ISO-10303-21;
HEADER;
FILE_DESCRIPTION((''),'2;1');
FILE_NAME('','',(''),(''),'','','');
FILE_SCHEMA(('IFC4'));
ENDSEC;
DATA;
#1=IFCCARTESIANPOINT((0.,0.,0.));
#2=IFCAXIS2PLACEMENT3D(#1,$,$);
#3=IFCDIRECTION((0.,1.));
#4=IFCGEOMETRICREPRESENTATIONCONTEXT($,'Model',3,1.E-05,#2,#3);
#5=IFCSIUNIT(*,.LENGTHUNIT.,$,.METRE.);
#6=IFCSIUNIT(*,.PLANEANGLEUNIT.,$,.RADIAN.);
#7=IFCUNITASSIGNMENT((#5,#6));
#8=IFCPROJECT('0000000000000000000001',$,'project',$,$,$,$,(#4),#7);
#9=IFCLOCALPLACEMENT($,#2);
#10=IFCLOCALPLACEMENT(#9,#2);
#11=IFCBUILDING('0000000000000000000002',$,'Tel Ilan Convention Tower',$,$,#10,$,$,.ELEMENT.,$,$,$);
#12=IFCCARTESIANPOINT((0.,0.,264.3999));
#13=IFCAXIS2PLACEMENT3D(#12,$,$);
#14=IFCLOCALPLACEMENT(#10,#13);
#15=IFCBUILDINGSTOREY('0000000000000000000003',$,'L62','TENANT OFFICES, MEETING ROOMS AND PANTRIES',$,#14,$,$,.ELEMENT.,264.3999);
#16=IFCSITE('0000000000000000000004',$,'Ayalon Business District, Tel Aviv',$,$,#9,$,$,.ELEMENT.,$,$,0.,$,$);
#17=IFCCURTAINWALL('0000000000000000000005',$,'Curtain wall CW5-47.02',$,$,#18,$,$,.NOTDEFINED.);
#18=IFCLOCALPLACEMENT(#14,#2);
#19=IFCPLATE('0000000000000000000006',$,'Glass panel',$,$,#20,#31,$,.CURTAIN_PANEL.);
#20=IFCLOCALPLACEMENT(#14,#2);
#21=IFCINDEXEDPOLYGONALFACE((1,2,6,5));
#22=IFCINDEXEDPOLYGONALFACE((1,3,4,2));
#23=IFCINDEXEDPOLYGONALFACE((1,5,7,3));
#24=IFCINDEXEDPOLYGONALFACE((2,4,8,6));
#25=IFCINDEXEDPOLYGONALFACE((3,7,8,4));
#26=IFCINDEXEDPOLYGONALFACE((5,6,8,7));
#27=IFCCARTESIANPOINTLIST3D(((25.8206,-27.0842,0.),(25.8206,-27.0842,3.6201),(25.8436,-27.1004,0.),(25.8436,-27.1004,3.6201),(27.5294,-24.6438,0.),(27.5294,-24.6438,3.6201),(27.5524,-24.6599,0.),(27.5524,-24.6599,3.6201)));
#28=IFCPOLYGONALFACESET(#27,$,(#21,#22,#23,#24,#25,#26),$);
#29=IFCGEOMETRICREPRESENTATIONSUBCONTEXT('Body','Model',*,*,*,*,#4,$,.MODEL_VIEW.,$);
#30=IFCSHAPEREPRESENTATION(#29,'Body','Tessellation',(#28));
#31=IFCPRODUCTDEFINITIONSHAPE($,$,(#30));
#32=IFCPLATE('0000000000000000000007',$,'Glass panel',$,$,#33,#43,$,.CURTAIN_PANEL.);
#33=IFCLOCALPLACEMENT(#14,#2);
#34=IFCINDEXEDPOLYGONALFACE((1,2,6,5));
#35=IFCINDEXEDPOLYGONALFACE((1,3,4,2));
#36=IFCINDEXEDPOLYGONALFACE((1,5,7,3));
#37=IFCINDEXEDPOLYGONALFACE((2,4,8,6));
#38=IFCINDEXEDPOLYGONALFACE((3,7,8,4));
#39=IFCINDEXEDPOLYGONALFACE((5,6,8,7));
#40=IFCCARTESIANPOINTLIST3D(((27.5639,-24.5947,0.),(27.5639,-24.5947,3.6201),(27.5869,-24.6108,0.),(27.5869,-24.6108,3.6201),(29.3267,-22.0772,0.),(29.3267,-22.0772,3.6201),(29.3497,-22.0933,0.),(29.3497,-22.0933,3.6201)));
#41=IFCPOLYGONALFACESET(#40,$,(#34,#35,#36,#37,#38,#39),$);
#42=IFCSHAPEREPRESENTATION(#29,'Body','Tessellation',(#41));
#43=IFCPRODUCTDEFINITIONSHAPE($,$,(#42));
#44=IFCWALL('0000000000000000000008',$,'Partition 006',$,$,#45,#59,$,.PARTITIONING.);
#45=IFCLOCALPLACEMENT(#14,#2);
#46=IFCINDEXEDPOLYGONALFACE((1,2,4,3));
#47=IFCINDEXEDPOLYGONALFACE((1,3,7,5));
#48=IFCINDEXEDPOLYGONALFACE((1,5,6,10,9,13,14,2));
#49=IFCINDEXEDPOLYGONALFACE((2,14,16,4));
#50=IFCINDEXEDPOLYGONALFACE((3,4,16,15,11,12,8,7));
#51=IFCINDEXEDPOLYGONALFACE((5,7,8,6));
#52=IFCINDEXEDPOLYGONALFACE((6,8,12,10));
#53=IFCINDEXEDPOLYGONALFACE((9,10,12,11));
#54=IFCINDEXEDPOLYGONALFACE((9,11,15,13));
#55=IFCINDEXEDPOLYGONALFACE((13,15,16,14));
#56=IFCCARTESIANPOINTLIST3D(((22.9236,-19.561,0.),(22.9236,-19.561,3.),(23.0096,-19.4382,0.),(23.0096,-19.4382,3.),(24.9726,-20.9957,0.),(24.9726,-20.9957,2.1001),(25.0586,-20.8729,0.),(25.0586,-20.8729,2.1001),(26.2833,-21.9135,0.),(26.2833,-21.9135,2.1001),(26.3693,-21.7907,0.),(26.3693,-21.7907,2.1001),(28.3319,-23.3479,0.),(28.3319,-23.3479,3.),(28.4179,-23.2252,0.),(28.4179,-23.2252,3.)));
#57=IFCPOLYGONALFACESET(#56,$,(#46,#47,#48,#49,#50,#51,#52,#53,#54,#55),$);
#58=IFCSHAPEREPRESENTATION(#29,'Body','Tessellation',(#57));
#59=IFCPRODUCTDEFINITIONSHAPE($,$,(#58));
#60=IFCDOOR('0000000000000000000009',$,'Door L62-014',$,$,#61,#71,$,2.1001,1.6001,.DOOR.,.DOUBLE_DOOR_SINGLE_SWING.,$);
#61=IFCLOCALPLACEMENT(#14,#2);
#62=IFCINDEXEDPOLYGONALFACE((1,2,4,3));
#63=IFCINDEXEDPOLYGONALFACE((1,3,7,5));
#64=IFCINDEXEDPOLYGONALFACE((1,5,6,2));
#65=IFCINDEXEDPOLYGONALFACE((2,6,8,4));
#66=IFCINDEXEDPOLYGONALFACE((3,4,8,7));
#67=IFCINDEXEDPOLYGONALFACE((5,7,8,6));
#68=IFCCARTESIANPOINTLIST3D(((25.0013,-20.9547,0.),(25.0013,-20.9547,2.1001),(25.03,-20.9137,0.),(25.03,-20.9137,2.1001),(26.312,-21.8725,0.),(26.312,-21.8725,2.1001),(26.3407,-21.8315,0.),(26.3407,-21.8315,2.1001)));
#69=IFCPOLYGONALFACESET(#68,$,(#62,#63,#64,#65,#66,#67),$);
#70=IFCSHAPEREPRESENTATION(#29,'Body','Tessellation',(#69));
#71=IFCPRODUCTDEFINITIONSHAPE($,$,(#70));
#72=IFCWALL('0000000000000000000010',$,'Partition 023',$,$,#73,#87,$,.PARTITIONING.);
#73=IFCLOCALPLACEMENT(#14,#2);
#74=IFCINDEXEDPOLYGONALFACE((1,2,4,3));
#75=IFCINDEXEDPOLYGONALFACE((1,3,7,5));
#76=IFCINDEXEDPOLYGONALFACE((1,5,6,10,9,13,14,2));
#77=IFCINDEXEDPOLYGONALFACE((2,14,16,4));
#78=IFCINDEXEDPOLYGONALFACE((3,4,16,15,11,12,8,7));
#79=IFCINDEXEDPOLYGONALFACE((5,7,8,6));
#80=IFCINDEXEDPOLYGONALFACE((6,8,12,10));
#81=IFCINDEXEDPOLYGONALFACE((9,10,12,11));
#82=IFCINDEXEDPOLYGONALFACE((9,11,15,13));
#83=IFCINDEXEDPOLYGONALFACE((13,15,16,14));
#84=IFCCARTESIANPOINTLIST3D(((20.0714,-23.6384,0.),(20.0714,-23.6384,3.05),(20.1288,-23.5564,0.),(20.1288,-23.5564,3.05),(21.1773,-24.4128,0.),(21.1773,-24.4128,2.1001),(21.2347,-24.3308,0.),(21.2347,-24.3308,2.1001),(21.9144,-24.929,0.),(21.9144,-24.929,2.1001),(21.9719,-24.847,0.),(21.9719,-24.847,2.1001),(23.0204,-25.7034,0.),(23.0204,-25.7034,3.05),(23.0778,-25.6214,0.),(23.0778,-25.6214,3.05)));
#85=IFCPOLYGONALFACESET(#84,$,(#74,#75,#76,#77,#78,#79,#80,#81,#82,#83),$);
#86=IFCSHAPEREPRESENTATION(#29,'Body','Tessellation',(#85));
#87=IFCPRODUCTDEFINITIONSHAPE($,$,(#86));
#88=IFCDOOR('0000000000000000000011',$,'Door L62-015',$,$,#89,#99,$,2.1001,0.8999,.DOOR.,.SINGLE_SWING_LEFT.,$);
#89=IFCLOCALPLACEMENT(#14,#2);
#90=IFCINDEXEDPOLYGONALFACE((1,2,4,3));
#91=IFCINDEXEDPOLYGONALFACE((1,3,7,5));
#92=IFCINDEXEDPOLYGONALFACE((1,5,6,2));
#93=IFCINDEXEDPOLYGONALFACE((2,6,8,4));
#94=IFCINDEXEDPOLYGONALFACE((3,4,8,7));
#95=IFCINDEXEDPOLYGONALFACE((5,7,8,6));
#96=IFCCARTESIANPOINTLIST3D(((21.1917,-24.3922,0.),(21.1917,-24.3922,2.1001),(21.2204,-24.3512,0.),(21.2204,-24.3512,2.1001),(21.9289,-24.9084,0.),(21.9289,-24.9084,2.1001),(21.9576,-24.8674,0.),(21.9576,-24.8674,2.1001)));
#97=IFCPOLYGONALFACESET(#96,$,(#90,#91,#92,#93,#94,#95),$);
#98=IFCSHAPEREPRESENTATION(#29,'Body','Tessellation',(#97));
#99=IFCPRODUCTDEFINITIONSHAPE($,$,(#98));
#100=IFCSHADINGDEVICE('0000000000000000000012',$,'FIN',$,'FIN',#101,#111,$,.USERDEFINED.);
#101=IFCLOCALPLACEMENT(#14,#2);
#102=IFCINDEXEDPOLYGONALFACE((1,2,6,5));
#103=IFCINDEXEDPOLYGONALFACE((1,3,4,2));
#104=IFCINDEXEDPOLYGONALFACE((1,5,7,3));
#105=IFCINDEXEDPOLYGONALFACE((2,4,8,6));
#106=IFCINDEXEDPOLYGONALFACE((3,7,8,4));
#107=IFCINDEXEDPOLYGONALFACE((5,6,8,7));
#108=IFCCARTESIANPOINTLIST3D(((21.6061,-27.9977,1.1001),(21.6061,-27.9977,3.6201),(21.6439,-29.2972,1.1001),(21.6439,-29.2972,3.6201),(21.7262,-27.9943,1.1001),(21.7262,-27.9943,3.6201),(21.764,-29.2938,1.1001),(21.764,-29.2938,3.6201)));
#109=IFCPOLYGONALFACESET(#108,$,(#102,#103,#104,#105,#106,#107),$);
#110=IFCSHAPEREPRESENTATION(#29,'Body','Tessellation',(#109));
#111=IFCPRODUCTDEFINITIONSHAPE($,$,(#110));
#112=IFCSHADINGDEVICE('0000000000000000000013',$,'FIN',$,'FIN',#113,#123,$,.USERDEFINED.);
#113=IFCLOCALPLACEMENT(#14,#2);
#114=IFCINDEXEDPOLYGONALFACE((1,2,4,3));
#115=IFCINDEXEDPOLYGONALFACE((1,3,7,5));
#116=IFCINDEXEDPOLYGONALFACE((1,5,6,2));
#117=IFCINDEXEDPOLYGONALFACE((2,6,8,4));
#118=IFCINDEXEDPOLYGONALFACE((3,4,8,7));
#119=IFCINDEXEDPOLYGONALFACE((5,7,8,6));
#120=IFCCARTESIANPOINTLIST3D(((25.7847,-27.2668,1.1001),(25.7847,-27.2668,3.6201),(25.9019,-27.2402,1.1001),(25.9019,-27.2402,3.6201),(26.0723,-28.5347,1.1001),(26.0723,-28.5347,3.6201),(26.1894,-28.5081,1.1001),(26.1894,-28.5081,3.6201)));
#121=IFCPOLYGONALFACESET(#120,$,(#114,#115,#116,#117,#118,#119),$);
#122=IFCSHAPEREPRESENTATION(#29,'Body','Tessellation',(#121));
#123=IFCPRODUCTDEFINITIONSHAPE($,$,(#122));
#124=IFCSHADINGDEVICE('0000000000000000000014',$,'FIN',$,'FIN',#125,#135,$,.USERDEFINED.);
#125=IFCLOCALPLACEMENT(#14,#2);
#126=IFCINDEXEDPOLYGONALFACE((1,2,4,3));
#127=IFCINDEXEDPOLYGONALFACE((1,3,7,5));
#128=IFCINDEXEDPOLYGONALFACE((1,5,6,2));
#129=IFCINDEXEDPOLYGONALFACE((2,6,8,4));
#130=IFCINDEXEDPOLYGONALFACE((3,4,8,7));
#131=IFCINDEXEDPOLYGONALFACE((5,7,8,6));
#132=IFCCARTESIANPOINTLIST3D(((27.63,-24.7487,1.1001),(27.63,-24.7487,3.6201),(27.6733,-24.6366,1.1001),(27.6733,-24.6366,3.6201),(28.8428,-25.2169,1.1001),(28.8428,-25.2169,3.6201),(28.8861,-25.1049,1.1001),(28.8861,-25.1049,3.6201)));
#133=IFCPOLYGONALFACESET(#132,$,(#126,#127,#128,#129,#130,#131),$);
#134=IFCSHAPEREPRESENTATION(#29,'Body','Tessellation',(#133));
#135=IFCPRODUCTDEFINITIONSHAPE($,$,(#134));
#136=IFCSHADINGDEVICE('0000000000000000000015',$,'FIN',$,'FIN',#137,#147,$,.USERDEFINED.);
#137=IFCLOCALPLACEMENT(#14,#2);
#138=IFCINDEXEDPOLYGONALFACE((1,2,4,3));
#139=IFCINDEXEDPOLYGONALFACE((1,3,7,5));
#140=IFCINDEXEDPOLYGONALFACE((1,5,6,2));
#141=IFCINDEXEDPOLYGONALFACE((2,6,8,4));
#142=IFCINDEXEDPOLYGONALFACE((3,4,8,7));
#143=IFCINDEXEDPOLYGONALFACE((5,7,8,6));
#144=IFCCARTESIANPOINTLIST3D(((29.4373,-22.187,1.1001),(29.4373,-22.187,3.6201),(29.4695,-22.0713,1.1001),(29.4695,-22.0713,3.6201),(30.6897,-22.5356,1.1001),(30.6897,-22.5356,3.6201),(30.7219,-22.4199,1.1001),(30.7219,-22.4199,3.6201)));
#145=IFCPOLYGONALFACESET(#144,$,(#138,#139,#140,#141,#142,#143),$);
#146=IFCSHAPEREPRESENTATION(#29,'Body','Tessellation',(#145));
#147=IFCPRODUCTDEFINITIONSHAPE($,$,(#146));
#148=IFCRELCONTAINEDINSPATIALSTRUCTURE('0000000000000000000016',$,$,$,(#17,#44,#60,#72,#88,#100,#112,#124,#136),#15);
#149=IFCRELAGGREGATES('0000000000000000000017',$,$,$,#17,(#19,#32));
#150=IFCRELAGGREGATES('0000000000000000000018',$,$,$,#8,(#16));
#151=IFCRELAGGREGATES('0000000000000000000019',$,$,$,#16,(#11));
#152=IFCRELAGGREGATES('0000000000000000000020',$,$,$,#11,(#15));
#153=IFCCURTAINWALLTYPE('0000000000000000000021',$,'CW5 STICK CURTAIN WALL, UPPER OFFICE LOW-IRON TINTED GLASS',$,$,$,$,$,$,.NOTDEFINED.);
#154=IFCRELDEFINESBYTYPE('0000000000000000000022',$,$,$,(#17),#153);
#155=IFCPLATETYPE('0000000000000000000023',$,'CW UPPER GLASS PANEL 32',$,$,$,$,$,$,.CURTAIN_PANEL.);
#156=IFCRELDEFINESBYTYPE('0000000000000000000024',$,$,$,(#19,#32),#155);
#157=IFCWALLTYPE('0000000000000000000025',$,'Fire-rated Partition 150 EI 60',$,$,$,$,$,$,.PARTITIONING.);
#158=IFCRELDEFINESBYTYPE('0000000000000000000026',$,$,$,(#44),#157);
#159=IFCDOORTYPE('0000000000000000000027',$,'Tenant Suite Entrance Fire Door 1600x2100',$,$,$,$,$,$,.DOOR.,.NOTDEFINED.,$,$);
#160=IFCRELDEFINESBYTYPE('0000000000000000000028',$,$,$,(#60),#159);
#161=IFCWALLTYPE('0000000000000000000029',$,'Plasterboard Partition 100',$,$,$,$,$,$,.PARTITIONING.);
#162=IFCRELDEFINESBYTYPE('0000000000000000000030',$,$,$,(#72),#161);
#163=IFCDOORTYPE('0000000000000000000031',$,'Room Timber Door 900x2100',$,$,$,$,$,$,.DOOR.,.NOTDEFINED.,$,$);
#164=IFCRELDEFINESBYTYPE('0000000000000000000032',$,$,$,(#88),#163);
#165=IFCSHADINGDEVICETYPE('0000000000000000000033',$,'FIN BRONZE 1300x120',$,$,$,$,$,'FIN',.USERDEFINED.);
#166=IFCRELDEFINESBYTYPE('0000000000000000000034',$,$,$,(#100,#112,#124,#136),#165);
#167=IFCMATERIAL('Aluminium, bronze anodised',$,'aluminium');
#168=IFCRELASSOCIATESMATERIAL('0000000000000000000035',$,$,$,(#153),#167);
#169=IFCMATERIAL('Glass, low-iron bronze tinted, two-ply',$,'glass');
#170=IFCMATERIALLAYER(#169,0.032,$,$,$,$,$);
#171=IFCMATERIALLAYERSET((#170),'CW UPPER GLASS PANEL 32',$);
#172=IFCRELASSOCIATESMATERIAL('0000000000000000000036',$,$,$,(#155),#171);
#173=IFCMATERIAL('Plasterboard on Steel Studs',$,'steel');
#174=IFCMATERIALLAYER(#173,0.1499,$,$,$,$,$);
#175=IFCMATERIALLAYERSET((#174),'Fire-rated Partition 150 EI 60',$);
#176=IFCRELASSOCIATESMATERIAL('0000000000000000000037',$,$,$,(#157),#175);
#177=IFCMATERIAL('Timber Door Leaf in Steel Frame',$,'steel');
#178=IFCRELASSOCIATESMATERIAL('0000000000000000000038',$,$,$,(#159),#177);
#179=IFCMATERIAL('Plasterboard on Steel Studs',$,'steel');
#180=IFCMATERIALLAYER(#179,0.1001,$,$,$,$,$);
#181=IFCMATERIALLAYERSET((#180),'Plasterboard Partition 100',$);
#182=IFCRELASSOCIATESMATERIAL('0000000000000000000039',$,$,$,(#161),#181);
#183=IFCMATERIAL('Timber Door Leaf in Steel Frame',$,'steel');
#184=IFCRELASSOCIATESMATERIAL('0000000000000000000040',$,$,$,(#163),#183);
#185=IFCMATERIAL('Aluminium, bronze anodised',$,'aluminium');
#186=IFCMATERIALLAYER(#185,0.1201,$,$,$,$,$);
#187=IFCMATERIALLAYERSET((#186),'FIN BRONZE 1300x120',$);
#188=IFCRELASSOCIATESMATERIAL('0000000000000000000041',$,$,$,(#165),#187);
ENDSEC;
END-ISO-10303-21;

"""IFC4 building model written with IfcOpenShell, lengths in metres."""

from ifc_helpers import new_model, si_unit, direction, frame, frame_2d, origin, origin_2d, place, context, subcontext, project, spatial, rectangle, extrude, material, layer, layer_set, type_object, element, fill, aggregate, save


model = new_model("IFC4")

# Units and contexts
model_context = context("Model", 3, precision=1e-05, world=origin(), true_north=direction((0.0, 1.0)))
body_context = subcontext(model_context, "Body", "Model", "MODEL_VIEW")
ifc_project = project(units=[si_unit("LENGTHUNIT", "METRE"), si_unit("PLANEANGLEUNIT", "RADIAN")], contexts=[model_context])

# Site, building, storey
site_placement = place(None, origin())
site = spatial("IfcSite", under=ifc_project, at=site_placement, Name="Ayalon Business District, Tel Aviv", CompositionType="ELEMENT", RefElevation=0.0)
building_placement = place(site_placement, origin())
building = spatial("IfcBuilding", under=site, at=building_placement, Name="Tel Ilan Convention Tower", CompositionType="ELEMENT")
storey_placement = place(building_placement, frame((0.0, 0.0, 264.3999)))
storey = spatial("IfcBuildingStorey", under=building, at=storey_placement, Name="L62", Description="TENANT OFFICES, MEETING ROOMS AND PANTRIES", CompositionType="ELEMENT", Elevation=264.3999)

# Curtain wall, plates
ifc_material_1 = material(Name="Aluminium, bronze anodised", Category="aluminium")
curtain_wall_type = type_object("IfcCurtainWallType", Name="CW5 STICK CURTAIN WALL, UPPER OFFICE LOW-IRON TINTED GLASS", PredefinedType="NOTDEFINED", material=ifc_material_1)
curtain_wall_placement = place(storey_placement, origin())
curtain_wall = element("IfcCurtainWall", 1, at=curtain_wall_placement, inside=storey, type_object=curtain_wall_type, Name="Curtain wall CW5-47.02", PredefinedType="NOTDEFINED")
ifc_material_2 = material(Name="Glass, low-iron bronze tinted, two-ply", Category="glass")
ifc_layer_1 = layer(ifc_material_2, 0.032)
ifc_layer_set_1 = layer_set([ifc_layer_1], Name="CW UPPER GLASS PANEL 32")
plate_type = type_object("IfcPlateType", Name="CW UPPER GLASS PANEL 32", PredefinedType="CURTAIN_PANEL", material=ifc_layer_set_1)
plate_1_placement = place(storey_placement, frame((26.6865, -25.8721, 0.0), z_axis=(0.0, 0.0, 1.0), x_axis=(0.573576, 0.819152, 0.0)))
plate_1 = element("IfcPlate", 2, at=plate_1_placement, type_object=plate_type, Name="Glass panel", PredefinedType="CURTAIN_PANEL", context=body_context, shape_type="SweptSolid", body=[
    extrude(rectangle(XDim=2.9792, YDim=0.0281, at=origin_2d()), origin(), (0.0, 0.0, 1.0), 3.6201),
])
plate_2_placement = place(storey_placement, frame((28.4568, -23.344, 0.0), z_axis=(0.0, 0.0, 1.0), x_axis=(0.573576, 0.819152, 0.0)))
plate_2 = element("IfcPlate", 3, at=plate_2_placement, type_object=plate_type, Name="Glass panel", PredefinedType="CURTAIN_PANEL", context=body_context, shape_type="SweptSolid", body=[
    extrude(rectangle(XDim=3.0732, YDim=0.0281, at=origin_2d()), origin(), (0.0, 0.0, 1.0), 3.6201),
])
aggregate(curtain_wall, [plate_1, plate_2])

# Walls, openings, doors
ifc_material_3 = material(Name="Plasterboard on Steel Studs", Category="steel")
ifc_layer_2 = layer(ifc_material_3, 0.1499)
ifc_layer_set_2 = layer_set([ifc_layer_2], Name="Fire-rated Partition 150 EI 60")
wall_type_1 = type_object("IfcWallType", Name="Fire-rated Partition 150 EI 60", PredefinedType="PARTITIONING", material=ifc_layer_set_2)
wall_1_placement = place(storey_placement, frame((28.375, -23.2866, 0.0), z_axis=(0.0, 0.0, 1.0), x_axis=(-0.819152, 0.573577, 0.0)))
wall_1 = element("IfcWall", 4, at=wall_1_placement, inside=storey, type_object=wall_type_1, Name="Partition 006", PredefinedType="PARTITIONING", context=body_context, shape_type="SweptSolid", body=[
    extrude(rectangle(XDim=6.6023, YDim=0.1499, at=frame_2d((3.3013, 0.0))), origin(), (0.0, 0.0, 1.0), 3.0),
])
opening_1_placement = place(wall_1_placement, frame((2.501, 0.0, 0.0)))
opening_1 = element("IfcOpeningElement", 5, at=opening_1_placement, cuts=wall_1, PredefinedType="OPENING", context=body_context, shape_type="SweptSolid", body=[
    extrude(rectangle(XDim=1.6001, YDim=2.1001, at=frame_2d((0.8, 1.05))), frame((0.0, 0.085, 0.0), z_axis=(0.0, -1.0, 0.0), x_axis=(1.0, 0.0, 0.0)), (0.0, 0.0, 1.0), 0.1699),
])
ifc_material_4 = material(Name="Timber Door Leaf in Steel Frame", Category="steel")
door_type_1 = type_object("IfcDoorType", Name="Tenant Suite Entrance Fire Door 1600x2100", OperationType="NOTDEFINED", PredefinedType="DOOR", material=ifc_material_4)
door_1_placement = place(opening_1_placement, origin())
door_1 = element("IfcDoor", 6, at=door_1_placement, inside=storey, type_object=door_type_1, Name="Door L62-014", OperationType="DOUBLE_DOOR_SINGLE_SWING", OverallHeight=2.1001, OverallWidth=1.6001, PredefinedType="DOOR", context=body_context, shape_type="SweptSolid", body=[
    extrude(rectangle(XDim=1.6001, YDim=2.1001, at=frame_2d((0.8, 1.05))), frame((0.0, 0.0249, 0.0), z_axis=(0.0, -1.0, 0.0), x_axis=(1.0, 0.0, 0.0)), (0.0, 0.0, 1.0), 0.05),
])
fill(opening_1, door_1)
ifc_material_5 = material(Name="Plasterboard on Steel Studs", Category="steel")
ifc_layer_3 = layer(ifc_material_5, 0.1001)
ifc_layer_set_3 = layer_set([ifc_layer_3], Name="Plasterboard Partition 100")
wall_type_2 = type_object("IfcWallType", Name="Plasterboard Partition 100", PredefinedType="PARTITIONING", material=ifc_layer_set_3)
wall_2_placement = place(storey_placement, frame((23.0491, -25.6624, 0.0), z_axis=(0.0, 0.0, 1.0), x_axis=(-0.819146, 0.573585, 0.0)))
wall_2 = element("IfcWall", 7, at=wall_2_placement, inside=storey, type_object=wall_type_2, Name="Partition 023", PredefinedType="PARTITIONING", context=body_context, shape_type="SweptSolid", body=[
    extrude(rectangle(XDim=3.6001, YDim=0.1001, at=frame_2d((1.8, 0.0))), origin(), (0.0, 0.0, 1.0), 3.05),
])
opening_2_placement = place(wall_2_placement, frame((1.3501, 0.0, 0.0)))
opening_2 = element("IfcOpeningElement", 8, at=opening_2_placement, cuts=wall_2, PredefinedType="OPENING", context=body_context, shape_type="SweptSolid", body=[
    extrude(rectangle(XDim=0.8999, YDim=2.1001, at=frame_2d((0.45, 1.05))), frame((0.0, 0.0601, 0.0), z_axis=(0.0, -1.0, 0.0), x_axis=(1.0, 0.0, 0.0)), (0.0, 0.0, 1.0), 0.1201),
])
ifc_material_6 = material(Name="Timber Door Leaf in Steel Frame", Category="steel")
door_type_2 = type_object("IfcDoorType", Name="Room Timber Door 900x2100", OperationType="NOTDEFINED", PredefinedType="DOOR", material=ifc_material_6)
door_2_placement = place(opening_2_placement, origin())
door_2 = element("IfcDoor", 9, at=door_2_placement, inside=storey, type_object=door_type_2, Name="Door L62-015", OperationType="SINGLE_SWING_LEFT", OverallHeight=2.1001, OverallWidth=0.8999, PredefinedType="DOOR", context=body_context, shape_type="SweptSolid", body=[
    extrude(rectangle(XDim=0.8999, YDim=2.1001, at=frame_2d((0.45, 1.05))), frame((0.0, 0.0249, 0.0), z_axis=(0.0, -1.0, 0.0), x_axis=(1.0, 0.0, 0.0)), (0.0, 0.0, 1.0), 0.05),
])
fill(opening_2, door_2)

# Shading devices
ifc_material_7 = material(Name="Aluminium, bronze anodised", Category="aluminium")
ifc_layer_4 = layer(ifc_material_7, 0.1201)
ifc_layer_set_4 = layer_set([ifc_layer_4], Name="FIN BRONZE 1300x120")
shading_device_type = type_object("IfcShadingDeviceType", Name="FIN BRONZE 1300x120", ElementType="FIN", PredefinedType="USERDEFINED", material=ifc_layer_set_4)
for number, where, z_axis, x_axis, name in (
    (10, (21.6851, -28.6458, 1.1001), (0.0, 0.0, 1.0), (0.029085, -0.999577, 0.0), "FIN"),
    (11, (25.9871, -27.8875, 1.1001), (0.0, 0.0, 1.0), (0.22117, -0.975235, 0.0), "FIN"),
    (12, (28.2581, -24.9268, 1.1001), (0.0, 0.0, 1.0), (0.932884, -0.360178, 0.0), "FIN"),
    (13, (30.0796, -22.3035, 1.1001), (0.0, 0.0, 1.0), (0.963371, -0.268173, 0.0), "FIN"),
):
    element("IfcShadingDevice", number, at=place(storey_placement, frame(where, z_axis=z_axis, x_axis=x_axis)), inside=storey, type_object=shading_device_type, Name=name, ObjectType="FIN", PredefinedType="USERDEFINED", context=body_context, shape_type="SweptSolid", body=[
        extrude(rectangle(XDim=1.3, YDim=0.1201, at=origin_2d()), origin(), (0.0, 0.0, 1.0), 2.52),
    ])

save(model, "model.ifc")
